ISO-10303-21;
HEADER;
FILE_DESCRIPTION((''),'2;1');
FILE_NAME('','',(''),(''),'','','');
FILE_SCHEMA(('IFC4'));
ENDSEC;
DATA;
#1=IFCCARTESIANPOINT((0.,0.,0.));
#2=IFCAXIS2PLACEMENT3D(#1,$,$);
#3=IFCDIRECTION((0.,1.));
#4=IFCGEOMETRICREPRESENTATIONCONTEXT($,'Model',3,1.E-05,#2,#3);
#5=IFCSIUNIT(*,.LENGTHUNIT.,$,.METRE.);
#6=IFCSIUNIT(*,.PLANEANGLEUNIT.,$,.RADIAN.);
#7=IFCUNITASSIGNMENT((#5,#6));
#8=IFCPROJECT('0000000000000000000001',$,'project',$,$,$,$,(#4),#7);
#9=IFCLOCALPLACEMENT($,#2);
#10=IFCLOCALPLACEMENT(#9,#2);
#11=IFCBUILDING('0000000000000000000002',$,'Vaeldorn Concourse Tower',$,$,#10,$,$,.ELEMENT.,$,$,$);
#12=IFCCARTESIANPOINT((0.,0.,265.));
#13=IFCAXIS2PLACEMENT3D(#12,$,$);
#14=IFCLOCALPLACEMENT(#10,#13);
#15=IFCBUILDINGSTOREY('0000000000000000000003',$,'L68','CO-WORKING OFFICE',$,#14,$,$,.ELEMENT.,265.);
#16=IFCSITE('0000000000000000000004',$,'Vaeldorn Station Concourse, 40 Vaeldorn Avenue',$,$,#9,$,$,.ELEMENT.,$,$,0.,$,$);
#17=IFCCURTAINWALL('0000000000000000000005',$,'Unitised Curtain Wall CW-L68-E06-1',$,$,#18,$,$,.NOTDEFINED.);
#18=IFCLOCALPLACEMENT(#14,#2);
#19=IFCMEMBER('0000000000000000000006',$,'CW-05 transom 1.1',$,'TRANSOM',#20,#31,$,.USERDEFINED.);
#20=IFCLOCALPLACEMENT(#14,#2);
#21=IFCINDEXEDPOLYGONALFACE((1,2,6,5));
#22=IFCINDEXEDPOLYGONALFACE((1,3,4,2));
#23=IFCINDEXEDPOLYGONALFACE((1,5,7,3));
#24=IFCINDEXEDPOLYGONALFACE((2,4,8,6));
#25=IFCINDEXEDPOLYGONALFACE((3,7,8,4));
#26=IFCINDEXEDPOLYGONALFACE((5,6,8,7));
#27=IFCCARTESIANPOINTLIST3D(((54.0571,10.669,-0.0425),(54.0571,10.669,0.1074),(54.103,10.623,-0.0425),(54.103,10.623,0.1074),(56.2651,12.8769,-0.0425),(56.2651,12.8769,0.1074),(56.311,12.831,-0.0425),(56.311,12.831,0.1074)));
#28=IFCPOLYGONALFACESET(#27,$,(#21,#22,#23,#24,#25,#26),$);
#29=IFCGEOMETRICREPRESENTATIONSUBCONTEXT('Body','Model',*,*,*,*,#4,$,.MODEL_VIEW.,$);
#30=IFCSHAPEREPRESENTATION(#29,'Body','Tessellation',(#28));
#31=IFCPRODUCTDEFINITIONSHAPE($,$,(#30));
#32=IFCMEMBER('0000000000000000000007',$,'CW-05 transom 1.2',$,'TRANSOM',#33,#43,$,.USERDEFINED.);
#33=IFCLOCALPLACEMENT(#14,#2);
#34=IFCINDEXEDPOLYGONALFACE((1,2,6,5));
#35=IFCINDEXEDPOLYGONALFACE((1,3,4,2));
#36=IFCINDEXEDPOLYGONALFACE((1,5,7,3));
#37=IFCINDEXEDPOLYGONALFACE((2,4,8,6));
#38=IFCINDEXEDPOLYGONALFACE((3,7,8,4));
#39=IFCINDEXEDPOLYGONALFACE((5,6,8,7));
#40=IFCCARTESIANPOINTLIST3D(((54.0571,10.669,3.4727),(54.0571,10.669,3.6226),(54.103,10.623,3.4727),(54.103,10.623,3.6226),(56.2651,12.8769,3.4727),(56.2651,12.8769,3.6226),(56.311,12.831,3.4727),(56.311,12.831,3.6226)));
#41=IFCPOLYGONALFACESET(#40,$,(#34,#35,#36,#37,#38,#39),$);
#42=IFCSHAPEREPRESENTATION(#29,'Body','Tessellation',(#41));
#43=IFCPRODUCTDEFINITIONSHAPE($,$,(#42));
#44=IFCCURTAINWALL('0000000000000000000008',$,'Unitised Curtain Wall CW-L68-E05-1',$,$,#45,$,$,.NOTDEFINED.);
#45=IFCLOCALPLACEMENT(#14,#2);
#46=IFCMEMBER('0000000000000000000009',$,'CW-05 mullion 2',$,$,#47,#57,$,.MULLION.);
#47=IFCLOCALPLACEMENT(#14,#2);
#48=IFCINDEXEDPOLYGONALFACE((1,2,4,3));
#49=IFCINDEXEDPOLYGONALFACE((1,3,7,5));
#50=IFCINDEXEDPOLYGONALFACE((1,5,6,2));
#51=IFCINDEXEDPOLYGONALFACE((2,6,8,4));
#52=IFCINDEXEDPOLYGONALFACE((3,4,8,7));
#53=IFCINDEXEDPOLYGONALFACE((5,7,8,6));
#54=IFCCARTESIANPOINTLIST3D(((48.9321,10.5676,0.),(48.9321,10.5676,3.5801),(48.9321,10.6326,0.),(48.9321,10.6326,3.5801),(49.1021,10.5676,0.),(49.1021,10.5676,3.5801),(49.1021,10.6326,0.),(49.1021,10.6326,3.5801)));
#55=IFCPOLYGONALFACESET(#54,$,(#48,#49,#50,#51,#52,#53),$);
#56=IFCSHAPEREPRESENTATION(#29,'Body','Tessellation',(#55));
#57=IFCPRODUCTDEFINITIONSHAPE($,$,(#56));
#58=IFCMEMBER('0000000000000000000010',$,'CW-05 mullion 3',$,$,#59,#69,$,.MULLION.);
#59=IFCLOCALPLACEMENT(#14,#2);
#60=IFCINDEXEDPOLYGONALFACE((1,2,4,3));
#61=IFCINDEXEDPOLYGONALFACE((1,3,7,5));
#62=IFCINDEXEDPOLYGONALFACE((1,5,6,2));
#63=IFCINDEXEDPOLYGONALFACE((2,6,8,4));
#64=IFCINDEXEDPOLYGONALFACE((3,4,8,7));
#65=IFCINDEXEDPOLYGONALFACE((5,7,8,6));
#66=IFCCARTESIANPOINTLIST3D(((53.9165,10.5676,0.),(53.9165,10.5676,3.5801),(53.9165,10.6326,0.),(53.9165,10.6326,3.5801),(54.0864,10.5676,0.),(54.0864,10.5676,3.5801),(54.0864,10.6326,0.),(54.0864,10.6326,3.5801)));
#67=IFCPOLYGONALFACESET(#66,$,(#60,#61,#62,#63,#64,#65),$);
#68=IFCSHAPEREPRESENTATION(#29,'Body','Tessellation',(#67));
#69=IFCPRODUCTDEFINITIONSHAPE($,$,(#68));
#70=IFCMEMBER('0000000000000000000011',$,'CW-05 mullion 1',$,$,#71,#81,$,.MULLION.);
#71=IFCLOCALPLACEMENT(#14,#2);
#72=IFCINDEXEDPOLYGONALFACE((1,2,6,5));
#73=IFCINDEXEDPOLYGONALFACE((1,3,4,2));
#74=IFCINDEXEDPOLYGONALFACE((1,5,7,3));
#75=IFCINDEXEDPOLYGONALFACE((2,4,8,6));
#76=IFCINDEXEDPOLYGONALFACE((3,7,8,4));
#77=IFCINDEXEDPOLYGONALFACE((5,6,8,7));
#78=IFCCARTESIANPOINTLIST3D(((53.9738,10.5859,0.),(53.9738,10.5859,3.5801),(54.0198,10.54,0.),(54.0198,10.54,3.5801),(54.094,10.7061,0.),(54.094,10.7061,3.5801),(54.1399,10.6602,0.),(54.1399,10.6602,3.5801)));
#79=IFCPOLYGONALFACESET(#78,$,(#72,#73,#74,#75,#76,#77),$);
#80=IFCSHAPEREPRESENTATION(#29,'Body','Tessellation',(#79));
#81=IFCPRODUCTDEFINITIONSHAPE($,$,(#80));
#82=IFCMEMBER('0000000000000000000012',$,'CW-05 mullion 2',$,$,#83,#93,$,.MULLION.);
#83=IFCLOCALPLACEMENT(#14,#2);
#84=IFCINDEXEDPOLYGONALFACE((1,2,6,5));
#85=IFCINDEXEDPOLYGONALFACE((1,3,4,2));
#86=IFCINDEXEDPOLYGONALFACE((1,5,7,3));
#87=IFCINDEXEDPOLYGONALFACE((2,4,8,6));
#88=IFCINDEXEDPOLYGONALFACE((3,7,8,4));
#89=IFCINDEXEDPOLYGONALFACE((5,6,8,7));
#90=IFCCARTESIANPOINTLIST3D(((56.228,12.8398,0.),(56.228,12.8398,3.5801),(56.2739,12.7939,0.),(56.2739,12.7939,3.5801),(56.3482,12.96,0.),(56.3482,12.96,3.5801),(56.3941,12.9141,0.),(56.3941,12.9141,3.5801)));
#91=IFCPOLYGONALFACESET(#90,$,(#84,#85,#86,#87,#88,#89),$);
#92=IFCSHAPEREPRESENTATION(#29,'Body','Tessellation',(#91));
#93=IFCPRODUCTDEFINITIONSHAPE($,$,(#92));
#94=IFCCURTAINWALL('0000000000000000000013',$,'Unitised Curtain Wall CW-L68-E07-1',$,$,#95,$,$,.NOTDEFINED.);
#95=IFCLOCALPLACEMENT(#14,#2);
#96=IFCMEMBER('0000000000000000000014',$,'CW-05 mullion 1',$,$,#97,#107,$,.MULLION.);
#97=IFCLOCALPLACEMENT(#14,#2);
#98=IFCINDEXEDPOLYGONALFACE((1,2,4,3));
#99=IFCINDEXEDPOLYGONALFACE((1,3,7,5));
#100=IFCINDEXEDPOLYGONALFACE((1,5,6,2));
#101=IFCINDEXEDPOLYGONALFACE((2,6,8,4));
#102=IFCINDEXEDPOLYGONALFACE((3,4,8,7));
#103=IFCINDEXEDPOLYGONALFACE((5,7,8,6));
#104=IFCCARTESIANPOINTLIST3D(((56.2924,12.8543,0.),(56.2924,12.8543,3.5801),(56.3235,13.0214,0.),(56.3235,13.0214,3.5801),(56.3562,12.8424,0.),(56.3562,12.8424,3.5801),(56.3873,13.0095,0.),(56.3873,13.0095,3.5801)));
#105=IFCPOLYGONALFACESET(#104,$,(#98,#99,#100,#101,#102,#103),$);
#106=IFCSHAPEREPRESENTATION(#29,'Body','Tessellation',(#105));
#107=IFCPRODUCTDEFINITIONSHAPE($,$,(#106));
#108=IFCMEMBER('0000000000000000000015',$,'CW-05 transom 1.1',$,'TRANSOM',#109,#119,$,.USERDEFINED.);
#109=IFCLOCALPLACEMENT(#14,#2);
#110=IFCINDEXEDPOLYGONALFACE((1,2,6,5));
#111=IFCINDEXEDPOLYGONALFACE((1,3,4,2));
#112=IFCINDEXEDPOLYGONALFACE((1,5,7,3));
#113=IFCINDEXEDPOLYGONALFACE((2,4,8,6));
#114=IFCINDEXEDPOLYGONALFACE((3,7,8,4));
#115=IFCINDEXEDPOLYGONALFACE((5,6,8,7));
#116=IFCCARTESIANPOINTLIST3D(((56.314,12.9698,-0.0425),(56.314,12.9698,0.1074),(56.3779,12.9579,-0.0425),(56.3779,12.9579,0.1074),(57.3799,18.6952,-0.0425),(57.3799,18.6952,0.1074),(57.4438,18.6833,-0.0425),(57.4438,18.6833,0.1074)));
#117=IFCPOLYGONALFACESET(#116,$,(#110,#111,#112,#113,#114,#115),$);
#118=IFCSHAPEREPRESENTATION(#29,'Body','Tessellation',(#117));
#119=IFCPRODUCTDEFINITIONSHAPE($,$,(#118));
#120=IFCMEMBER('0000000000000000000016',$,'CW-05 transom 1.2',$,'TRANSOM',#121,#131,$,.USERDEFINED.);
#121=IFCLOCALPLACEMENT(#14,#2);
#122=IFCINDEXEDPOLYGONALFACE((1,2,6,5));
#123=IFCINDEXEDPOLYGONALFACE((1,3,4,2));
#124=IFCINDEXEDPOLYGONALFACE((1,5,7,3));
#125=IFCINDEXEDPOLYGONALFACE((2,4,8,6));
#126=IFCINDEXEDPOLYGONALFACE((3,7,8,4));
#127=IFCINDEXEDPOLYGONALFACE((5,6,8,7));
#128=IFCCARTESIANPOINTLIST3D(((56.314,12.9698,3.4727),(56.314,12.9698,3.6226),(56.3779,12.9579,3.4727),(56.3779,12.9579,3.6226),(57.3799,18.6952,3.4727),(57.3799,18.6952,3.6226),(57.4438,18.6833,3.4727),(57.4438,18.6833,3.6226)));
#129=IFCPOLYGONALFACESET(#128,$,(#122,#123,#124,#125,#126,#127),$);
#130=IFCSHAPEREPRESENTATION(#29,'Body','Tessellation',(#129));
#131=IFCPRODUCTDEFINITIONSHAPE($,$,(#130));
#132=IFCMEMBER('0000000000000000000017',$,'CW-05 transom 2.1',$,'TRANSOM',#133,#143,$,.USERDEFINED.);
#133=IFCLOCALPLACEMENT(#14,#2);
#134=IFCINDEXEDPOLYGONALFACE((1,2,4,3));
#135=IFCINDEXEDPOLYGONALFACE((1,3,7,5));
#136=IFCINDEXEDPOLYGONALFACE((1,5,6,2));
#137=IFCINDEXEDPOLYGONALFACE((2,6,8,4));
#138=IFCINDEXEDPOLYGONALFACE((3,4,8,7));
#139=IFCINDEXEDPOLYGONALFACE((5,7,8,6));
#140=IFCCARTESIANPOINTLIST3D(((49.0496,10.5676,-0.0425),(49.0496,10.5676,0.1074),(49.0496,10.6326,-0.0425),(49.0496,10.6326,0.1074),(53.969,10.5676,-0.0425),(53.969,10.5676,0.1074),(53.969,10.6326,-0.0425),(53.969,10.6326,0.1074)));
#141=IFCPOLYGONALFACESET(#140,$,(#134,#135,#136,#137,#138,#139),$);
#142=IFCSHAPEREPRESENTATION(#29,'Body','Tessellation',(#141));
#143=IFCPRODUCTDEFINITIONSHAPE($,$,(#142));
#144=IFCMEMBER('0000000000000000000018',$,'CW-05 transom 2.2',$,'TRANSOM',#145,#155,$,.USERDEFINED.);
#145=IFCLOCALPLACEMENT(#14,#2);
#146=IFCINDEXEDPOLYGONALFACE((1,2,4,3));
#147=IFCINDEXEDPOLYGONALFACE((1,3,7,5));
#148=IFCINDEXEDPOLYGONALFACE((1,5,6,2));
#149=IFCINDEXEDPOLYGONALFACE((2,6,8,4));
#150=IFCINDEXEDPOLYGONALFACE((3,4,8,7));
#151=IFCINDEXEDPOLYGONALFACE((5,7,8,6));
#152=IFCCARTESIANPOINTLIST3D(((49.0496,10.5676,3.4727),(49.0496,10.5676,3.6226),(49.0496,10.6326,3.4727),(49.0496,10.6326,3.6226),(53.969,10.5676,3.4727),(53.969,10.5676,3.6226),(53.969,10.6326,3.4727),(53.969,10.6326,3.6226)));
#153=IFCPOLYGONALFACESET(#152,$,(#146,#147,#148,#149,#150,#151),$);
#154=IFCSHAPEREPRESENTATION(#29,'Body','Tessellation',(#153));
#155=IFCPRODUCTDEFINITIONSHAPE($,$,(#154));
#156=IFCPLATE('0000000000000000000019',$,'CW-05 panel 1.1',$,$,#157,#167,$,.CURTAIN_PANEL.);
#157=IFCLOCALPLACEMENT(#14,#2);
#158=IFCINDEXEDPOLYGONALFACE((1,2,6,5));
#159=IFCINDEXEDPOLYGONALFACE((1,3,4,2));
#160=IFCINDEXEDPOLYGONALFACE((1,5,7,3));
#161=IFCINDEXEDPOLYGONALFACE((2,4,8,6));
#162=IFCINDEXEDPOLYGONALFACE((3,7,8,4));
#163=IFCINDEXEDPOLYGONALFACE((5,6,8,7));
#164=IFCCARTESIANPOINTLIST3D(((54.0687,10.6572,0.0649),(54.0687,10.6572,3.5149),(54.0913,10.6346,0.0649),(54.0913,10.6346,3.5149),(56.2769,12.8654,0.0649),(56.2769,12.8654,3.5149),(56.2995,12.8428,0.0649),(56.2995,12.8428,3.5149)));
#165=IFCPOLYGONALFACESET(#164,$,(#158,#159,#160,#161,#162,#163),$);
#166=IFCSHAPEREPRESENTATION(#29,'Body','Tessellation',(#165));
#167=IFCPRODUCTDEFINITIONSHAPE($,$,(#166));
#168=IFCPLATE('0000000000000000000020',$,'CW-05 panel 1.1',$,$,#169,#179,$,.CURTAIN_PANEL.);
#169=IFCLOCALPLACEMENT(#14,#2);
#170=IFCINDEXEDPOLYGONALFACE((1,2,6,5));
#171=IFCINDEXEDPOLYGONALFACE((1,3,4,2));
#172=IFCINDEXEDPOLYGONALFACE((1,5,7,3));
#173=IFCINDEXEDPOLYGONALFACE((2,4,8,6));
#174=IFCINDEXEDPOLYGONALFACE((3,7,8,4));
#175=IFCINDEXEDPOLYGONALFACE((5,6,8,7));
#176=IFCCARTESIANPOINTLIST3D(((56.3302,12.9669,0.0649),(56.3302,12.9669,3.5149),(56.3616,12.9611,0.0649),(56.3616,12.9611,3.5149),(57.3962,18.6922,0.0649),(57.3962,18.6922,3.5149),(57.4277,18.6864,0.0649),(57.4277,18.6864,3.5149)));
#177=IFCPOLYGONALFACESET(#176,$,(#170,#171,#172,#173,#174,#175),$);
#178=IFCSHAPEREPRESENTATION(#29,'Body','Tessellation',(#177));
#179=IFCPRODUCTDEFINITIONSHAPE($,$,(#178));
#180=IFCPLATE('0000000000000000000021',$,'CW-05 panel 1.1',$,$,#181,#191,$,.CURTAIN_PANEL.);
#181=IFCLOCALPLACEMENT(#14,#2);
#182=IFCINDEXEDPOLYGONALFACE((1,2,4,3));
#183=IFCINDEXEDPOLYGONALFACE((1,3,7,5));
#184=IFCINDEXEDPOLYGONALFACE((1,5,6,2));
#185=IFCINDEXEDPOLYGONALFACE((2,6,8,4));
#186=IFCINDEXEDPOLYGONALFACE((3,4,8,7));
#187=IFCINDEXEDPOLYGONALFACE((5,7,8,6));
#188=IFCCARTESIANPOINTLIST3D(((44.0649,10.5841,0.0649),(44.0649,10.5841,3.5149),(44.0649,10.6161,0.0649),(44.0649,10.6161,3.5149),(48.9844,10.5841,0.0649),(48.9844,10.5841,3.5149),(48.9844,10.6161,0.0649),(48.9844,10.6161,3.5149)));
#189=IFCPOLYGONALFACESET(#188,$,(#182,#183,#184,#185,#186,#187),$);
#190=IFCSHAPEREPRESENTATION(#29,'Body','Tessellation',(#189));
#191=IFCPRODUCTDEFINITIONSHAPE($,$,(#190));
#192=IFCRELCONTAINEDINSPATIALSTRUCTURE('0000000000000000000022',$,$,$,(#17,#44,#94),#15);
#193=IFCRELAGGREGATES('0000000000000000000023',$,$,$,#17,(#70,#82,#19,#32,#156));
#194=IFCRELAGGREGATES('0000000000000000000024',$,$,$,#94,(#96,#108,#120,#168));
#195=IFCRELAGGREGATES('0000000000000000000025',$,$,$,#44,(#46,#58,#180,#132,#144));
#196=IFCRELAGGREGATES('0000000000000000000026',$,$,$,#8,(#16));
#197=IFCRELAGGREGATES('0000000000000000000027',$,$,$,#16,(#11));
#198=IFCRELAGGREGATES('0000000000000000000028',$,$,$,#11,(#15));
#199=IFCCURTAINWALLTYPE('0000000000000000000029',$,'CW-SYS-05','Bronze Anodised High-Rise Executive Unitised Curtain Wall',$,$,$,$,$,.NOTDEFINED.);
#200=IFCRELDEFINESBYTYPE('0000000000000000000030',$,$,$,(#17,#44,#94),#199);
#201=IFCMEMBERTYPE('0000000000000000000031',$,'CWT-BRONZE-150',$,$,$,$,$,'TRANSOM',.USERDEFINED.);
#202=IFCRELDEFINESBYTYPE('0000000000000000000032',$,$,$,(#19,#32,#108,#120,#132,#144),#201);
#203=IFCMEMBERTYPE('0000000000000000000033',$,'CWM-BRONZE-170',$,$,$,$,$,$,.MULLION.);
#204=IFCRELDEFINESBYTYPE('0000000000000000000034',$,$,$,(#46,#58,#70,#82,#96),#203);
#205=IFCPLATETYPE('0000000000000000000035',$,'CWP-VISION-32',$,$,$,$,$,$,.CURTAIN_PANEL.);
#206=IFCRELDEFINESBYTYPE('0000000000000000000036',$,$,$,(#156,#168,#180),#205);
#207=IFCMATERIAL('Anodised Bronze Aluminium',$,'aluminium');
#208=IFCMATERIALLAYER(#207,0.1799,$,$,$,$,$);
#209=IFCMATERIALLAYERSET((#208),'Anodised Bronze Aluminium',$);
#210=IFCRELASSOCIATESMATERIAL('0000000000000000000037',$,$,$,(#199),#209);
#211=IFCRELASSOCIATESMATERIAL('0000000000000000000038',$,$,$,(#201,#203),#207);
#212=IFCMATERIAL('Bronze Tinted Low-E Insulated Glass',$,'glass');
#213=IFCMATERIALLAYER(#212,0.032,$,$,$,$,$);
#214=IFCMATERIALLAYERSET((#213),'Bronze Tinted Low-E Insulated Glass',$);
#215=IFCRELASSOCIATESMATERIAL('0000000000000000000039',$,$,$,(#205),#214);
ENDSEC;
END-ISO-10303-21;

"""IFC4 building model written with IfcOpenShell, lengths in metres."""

from ifc_helpers import new_model, si_unit, direction, frame, origin, origin_2d, place, context, subcontext, project, spatial, rectangle, extrude, source, transform, mapped, material, layer, layer_set, material_profile, profile_set, type_object, element, aggregate, save


model = new_model("IFC4")

# Units and contexts
model_context = context("Model", 3, precision=1e-05, world=origin(), true_north=direction((0.0, 1.0)))
body_context = subcontext(model_context, "Body", "Model", "MODEL_VIEW")
ifc_project = project(units=[si_unit("LENGTHUNIT", "METRE"), si_unit("PLANEANGLEUNIT", "RADIAN")], contexts=[model_context])

# Site, building, storey
site_placement = place(None, origin())
site = spatial("IfcSite", under=ifc_project, at=site_placement, Name="Vaeldorn Station Concourse, 40 Vaeldorn Avenue", CompositionType="ELEMENT", RefElevation=0.0)
building_placement = place(site_placement, origin())
building = spatial("IfcBuilding", under=site, at=building_placement, Name="Vaeldorn Concourse Tower", CompositionType="ELEMENT")
storey_placement = place(building_placement, frame((0.0, 0.0, 265.0)))
storey = spatial("IfcBuildingStorey", under=building, at=storey_placement, Name="L68", Description="CO-WORKING OFFICE", CompositionType="ELEMENT", Elevation=265.0)

# Curtain walls, members
ifc_material_1 = material(Name="Anodised Bronze Aluminium", Category="aluminium")
ifc_layer_1 = layer(ifc_material_1, 0.1799)
ifc_layer_set_1 = layer_set([ifc_layer_1], Name="Anodised Bronze Aluminium")
curtain_wall_type = type_object("IfcCurtainWallType", Name="CW-SYS-05", Description="Bronze Anodised High-Rise Executive Unitised Curtain Wall", PredefinedType="NOTDEFINED", material=ifc_layer_set_1)
curtain_wall_1_placement = place(storey_placement, origin())
curtain_wall_1 = element("IfcCurtainWall", 1, at=curtain_wall_1_placement, inside=storey, type_object=curtain_wall_type, Name="Unitised Curtain Wall CW-L68-E06-1", PredefinedType="NOTDEFINED")
ifc_material_profile_1 = material_profile(ifc_material_1, rectangle(XDim=0.0649, YDim=0.1499, at=origin_2d()), Name="CWT 65x150")
ifc_profile_set_1 = profile_set([ifc_material_profile_1], Name="Anodised Bronze Aluminium")
member_type_1 = type_object("IfcMemberType", Name="CWT-BRONZE-150", ElementType="TRANSOM", PredefinedType="USERDEFINED", material=ifc_profile_set_1)
shared_shape_1 = source(origin(), body_context, "Body", "SweptSolid", [
    extrude(rectangle(XDim=0.0649, YDim=0.1499, at=origin_2d()), origin(), (0.0, 0.0, 1.0), 3.1226),
])
member_1_placement = place(storey_placement, frame((54.0801, 10.646, 0.0325), z_axis=(0.707107, 0.707107, 0.0), x_axis=(-0.707107, 0.707107, 0.0)))
member_1 = element("IfcMember", 2, at=member_1_placement, type_object=member_type_1, Name="CW-05 transom 1.1", ObjectType="TRANSOM", PredefinedType="USERDEFINED", context=body_context, shape_type="MappedRepresentation", body=[
    mapped(shared_shape_1, transform((0.0, 0.0, 0.0), scale=1.0)),
])
member_2_placement = place(storey_placement, frame((54.0801, 10.646, 3.5476), z_axis=(0.707107, 0.707107, 0.0), x_axis=(-0.707107, 0.707107, 0.0)))
member_2 = element("IfcMember", 3, at=member_2_placement, type_object=member_type_1, Name="CW-05 transom 1.2", ObjectType="TRANSOM", PredefinedType="USERDEFINED", context=body_context, shape_type="MappedRepresentation", body=[
    mapped(shared_shape_1, transform((0.0, 0.0, 0.0), scale=1.0)),
])
curtain_wall_2_placement = place(storey_placement, origin())
curtain_wall_2 = element("IfcCurtainWall", 4, at=curtain_wall_2_placement, inside=storey, type_object=curtain_wall_type, Name="Unitised Curtain Wall CW-L68-E05-1", PredefinedType="NOTDEFINED")
ifc_material_profile_2 = material_profile(ifc_material_1, rectangle(XDim=0.0649, YDim=0.1699, at=origin_2d()), Name="CWM 65x170")
ifc_profile_set_2 = profile_set([ifc_material_profile_2], Name="Anodised Bronze Aluminium")
member_type_2 = type_object("IfcMemberType", Name="CWM-BRONZE-170", PredefinedType="MULLION", material=ifc_profile_set_2)
shared_shape_2 = source(origin(), body_context, "Body", "SweptSolid", [
    extrude(rectangle(XDim=0.0649, YDim=0.1699, at=origin_2d()), origin(), (0.0, 0.0, 1.0), 3.5801),
])
member_3_placement = place(storey_placement, frame((49.0171, 10.6001, 0.0), z_axis=(0.0, 0.0, 1.0), x_axis=(0.0, 1.0, 0.0)))
member_3 = element("IfcMember", 5, at=member_3_placement, type_object=member_type_2, Name="CW-05 mullion 2", PredefinedType="MULLION", context=body_context, shape_type="MappedRepresentation", body=[
    mapped(shared_shape_2, transform((0.0, 0.0, 0.0), scale=1.0)),
])
member_4_placement = place(storey_placement, frame((54.0015, 10.6001, 0.0), z_axis=(0.0, 0.0, 1.0), x_axis=(0.0, 1.0, 0.0)))
member_4 = element("IfcMember", 6, at=member_4_placement, type_object=member_type_2, Name="CW-05 mullion 3", PredefinedType="MULLION", context=body_context, shape_type="MappedRepresentation", body=[
    mapped(shared_shape_2, transform((0.0, 0.0, 0.0), scale=1.0)),
])

# Members
member_5_placement = place(storey_placement, frame((54.0569, 10.623, 0.0), z_axis=(0.0, 0.0, 1.0), x_axis=(-0.707107, 0.707107, 0.0)))
member_5 = element("IfcMember", 7, at=member_5_placement, type_object=member_type_2, Name="CW-05 mullion 1", PredefinedType="MULLION", context=body_context, shape_type="MappedRepresentation", body=[
    mapped(shared_shape_2, transform((0.0, 0.0, 0.0), scale=1.0)),
])
member_6_placement = place(storey_placement, frame((56.311, 12.877, 0.0), z_axis=(0.0, 0.0, 1.0), x_axis=(-0.707107, 0.707107, 0.0)))
member_6 = element("IfcMember", 8, at=member_6_placement, type_object=member_type_2, Name="CW-05 mullion 2", PredefinedType="MULLION", context=body_context, shape_type="MappedRepresentation", body=[
    mapped(shared_shape_2, transform((0.0, 0.0, 0.0), scale=1.0)),
])

# Curtain wall, members
curtain_wall_3_placement = place(storey_placement, origin())
curtain_wall_3 = element("IfcCurtainWall", 9, at=curtain_wall_3_placement, inside=storey, type_object=curtain_wall_type, Name="Unitised Curtain Wall CW-L68-E07-1", PredefinedType="NOTDEFINED")
member_7_placement = place(storey_placement, frame((56.3398, 12.9319, 0.0), z_axis=(0.0, 0.0, 1.0), x_axis=(-0.983103, 0.183055, 0.0)))
member_7 = element("IfcMember", 10, at=member_7_placement, type_object=member_type_2, Name="CW-05 mullion 1", PredefinedType="MULLION", context=body_context, shape_type="MappedRepresentation", body=[
    mapped(shared_shape_2, transform((0.0, 0.0, 0.0), scale=1.0)),
])
shared_shape_3 = source(origin(), body_context, "Body", "SweptSolid", [
    extrude(rectangle(XDim=0.0649, YDim=0.1499, at=origin_2d()), origin(), (0.0, 0.0, 1.0), 5.8237),
])
member_8_placement = place(storey_placement, frame((56.3459, 12.9639, 0.0325), z_axis=(0.18303, 0.983107, 0.0), x_axis=(-0.983107, 0.18303, 0.0)))
member_8 = element("IfcMember", 11, at=member_8_placement, type_object=member_type_1, Name="CW-05 transom 1.1", ObjectType="TRANSOM", PredefinedType="USERDEFINED", context=body_context, shape_type="MappedRepresentation", body=[
    mapped(shared_shape_3, transform((0.0, 0.0, 0.0), scale=1.0)),
])
member_9_placement = place(storey_placement, frame((56.3459, 12.9639, 3.5476), z_axis=(0.18303, 0.983107, 0.0), x_axis=(-0.983107, 0.18303, 0.0)))
member_9 = element("IfcMember", 12, at=member_9_placement, type_object=member_type_1, Name="CW-05 transom 1.2", ObjectType="TRANSOM", PredefinedType="USERDEFINED", context=body_context, shape_type="MappedRepresentation", body=[
    mapped(shared_shape_3, transform((0.0, 0.0, 0.0), scale=1.0)),
])

# Members
shared_shape_4 = source(origin(), body_context, "Body", "SweptSolid", [
    extrude(rectangle(XDim=0.0649, YDim=0.1499, at=origin_2d()), origin(), (0.0, 0.0, 1.0), 4.9194),
])
member_10_placement = place(storey_placement, frame((49.0496, 10.6001, 0.0325), z_axis=(1.0, 0.0, 0.0), x_axis=(0.0, 1.0, 0.0)))
member_10 = element("IfcMember", 13, at=member_10_placement, type_object=member_type_1, Name="CW-05 transom 2.1", ObjectType="TRANSOM", PredefinedType="USERDEFINED", context=body_context, shape_type="MappedRepresentation", body=[
    mapped(shared_shape_4, transform((0.0, 0.0, 0.0), scale=1.0)),
])
member_11_placement = place(storey_placement, frame((49.0496, 10.6001, 3.5476), z_axis=(1.0, 0.0, 0.0), x_axis=(0.0, 1.0, 0.0)))
member_11 = element("IfcMember", 14, at=member_11_placement, type_object=member_type_1, Name="CW-05 transom 2.2", ObjectType="TRANSOM", PredefinedType="USERDEFINED", context=body_context, shape_type="MappedRepresentation", body=[
    mapped(shared_shape_4, transform((0.0, 0.0, 0.0), scale=1.0)),
])

# Plates
ifc_material_2 = material(Name="Bronze Tinted Low-E Insulated Glass", Category="glass")
ifc_layer_2 = layer(ifc_material_2, 0.032)
ifc_layer_set_2 = layer_set([ifc_layer_2], Name="Bronze Tinted Low-E Insulated Glass")
plate_type = type_object("IfcPlateType", Name="CWP-VISION-32", PredefinedType="CURTAIN_PANEL", material=ifc_layer_set_2)
shared_shape_5 = source(origin(), body_context, "Body", "SweptSolid", [
    extrude(rectangle(XDim=3.1228, YDim=0.032, at=origin_2d()), origin(), (0.0, 0.0, 1.0), 3.45),
])
plate_1_placement = place(storey_placement, frame((55.1841, 11.75, 0.0649), z_axis=(0.0, 0.0, 1.0), x_axis=(0.707107, 0.707107, 0.0)))
plate_1 = element("IfcPlate", 15, at=plate_1_placement, type_object=plate_type, Name="CW-05 panel 1.1", PredefinedType="CURTAIN_PANEL", context=body_context, shape_type="MappedRepresentation", body=[
    mapped(shared_shape_5, transform((0.0, 0.0, 0.0), scale=1.0)),
])
aggregate(curtain_wall_1, [member_5, member_6, member_1, member_2, plate_1])
shared_shape_6 = source(origin(), body_context, "Body", "SweptSolid", [
    extrude(rectangle(XDim=5.8237, YDim=0.032, at=origin_2d()), origin(), (0.0, 0.0, 1.0), 3.45),
])
plate_2_placement = place(storey_placement, frame((56.8789, 15.8267, 0.0649), z_axis=(0.0, 0.0, 1.0), x_axis=(0.183055, 0.983103, 0.0)))
plate_2 = element("IfcPlate", 16, at=plate_2_placement, type_object=plate_type, Name="CW-05 panel 1.1", PredefinedType="CURTAIN_PANEL", context=body_context, shape_type="MappedRepresentation", body=[
    mapped(shared_shape_6, transform((0.0, 0.0, 0.0), scale=1.0)),
])
aggregate(curtain_wall_3, [member_7, member_8, member_9, plate_2])
shared_shape_7 = source(origin(), body_context, "Body", "SweptSolid", [
    extrude(rectangle(XDim=4.9194, YDim=0.032, at=origin_2d()), origin(), (0.0, 0.0, 1.0), 3.45),
])
plate_3_placement = place(storey_placement, frame((46.5247, 10.6001, 0.0649), z_axis=(0.0, 0.0, 1.0), x_axis=(1.0, 0.0, 0.0)))
plate_3 = element("IfcPlate", 17, at=plate_3_placement, type_object=plate_type, Name="CW-05 panel 1.1", PredefinedType="CURTAIN_PANEL", context=body_context, shape_type="MappedRepresentation", body=[
    mapped(shared_shape_7, transform((0.0, 0.0, 0.0), scale=1.0)),
])
aggregate(curtain_wall_2, [member_3, member_4, plate_3, member_10, member_11])

save(model, "model.ifc")
